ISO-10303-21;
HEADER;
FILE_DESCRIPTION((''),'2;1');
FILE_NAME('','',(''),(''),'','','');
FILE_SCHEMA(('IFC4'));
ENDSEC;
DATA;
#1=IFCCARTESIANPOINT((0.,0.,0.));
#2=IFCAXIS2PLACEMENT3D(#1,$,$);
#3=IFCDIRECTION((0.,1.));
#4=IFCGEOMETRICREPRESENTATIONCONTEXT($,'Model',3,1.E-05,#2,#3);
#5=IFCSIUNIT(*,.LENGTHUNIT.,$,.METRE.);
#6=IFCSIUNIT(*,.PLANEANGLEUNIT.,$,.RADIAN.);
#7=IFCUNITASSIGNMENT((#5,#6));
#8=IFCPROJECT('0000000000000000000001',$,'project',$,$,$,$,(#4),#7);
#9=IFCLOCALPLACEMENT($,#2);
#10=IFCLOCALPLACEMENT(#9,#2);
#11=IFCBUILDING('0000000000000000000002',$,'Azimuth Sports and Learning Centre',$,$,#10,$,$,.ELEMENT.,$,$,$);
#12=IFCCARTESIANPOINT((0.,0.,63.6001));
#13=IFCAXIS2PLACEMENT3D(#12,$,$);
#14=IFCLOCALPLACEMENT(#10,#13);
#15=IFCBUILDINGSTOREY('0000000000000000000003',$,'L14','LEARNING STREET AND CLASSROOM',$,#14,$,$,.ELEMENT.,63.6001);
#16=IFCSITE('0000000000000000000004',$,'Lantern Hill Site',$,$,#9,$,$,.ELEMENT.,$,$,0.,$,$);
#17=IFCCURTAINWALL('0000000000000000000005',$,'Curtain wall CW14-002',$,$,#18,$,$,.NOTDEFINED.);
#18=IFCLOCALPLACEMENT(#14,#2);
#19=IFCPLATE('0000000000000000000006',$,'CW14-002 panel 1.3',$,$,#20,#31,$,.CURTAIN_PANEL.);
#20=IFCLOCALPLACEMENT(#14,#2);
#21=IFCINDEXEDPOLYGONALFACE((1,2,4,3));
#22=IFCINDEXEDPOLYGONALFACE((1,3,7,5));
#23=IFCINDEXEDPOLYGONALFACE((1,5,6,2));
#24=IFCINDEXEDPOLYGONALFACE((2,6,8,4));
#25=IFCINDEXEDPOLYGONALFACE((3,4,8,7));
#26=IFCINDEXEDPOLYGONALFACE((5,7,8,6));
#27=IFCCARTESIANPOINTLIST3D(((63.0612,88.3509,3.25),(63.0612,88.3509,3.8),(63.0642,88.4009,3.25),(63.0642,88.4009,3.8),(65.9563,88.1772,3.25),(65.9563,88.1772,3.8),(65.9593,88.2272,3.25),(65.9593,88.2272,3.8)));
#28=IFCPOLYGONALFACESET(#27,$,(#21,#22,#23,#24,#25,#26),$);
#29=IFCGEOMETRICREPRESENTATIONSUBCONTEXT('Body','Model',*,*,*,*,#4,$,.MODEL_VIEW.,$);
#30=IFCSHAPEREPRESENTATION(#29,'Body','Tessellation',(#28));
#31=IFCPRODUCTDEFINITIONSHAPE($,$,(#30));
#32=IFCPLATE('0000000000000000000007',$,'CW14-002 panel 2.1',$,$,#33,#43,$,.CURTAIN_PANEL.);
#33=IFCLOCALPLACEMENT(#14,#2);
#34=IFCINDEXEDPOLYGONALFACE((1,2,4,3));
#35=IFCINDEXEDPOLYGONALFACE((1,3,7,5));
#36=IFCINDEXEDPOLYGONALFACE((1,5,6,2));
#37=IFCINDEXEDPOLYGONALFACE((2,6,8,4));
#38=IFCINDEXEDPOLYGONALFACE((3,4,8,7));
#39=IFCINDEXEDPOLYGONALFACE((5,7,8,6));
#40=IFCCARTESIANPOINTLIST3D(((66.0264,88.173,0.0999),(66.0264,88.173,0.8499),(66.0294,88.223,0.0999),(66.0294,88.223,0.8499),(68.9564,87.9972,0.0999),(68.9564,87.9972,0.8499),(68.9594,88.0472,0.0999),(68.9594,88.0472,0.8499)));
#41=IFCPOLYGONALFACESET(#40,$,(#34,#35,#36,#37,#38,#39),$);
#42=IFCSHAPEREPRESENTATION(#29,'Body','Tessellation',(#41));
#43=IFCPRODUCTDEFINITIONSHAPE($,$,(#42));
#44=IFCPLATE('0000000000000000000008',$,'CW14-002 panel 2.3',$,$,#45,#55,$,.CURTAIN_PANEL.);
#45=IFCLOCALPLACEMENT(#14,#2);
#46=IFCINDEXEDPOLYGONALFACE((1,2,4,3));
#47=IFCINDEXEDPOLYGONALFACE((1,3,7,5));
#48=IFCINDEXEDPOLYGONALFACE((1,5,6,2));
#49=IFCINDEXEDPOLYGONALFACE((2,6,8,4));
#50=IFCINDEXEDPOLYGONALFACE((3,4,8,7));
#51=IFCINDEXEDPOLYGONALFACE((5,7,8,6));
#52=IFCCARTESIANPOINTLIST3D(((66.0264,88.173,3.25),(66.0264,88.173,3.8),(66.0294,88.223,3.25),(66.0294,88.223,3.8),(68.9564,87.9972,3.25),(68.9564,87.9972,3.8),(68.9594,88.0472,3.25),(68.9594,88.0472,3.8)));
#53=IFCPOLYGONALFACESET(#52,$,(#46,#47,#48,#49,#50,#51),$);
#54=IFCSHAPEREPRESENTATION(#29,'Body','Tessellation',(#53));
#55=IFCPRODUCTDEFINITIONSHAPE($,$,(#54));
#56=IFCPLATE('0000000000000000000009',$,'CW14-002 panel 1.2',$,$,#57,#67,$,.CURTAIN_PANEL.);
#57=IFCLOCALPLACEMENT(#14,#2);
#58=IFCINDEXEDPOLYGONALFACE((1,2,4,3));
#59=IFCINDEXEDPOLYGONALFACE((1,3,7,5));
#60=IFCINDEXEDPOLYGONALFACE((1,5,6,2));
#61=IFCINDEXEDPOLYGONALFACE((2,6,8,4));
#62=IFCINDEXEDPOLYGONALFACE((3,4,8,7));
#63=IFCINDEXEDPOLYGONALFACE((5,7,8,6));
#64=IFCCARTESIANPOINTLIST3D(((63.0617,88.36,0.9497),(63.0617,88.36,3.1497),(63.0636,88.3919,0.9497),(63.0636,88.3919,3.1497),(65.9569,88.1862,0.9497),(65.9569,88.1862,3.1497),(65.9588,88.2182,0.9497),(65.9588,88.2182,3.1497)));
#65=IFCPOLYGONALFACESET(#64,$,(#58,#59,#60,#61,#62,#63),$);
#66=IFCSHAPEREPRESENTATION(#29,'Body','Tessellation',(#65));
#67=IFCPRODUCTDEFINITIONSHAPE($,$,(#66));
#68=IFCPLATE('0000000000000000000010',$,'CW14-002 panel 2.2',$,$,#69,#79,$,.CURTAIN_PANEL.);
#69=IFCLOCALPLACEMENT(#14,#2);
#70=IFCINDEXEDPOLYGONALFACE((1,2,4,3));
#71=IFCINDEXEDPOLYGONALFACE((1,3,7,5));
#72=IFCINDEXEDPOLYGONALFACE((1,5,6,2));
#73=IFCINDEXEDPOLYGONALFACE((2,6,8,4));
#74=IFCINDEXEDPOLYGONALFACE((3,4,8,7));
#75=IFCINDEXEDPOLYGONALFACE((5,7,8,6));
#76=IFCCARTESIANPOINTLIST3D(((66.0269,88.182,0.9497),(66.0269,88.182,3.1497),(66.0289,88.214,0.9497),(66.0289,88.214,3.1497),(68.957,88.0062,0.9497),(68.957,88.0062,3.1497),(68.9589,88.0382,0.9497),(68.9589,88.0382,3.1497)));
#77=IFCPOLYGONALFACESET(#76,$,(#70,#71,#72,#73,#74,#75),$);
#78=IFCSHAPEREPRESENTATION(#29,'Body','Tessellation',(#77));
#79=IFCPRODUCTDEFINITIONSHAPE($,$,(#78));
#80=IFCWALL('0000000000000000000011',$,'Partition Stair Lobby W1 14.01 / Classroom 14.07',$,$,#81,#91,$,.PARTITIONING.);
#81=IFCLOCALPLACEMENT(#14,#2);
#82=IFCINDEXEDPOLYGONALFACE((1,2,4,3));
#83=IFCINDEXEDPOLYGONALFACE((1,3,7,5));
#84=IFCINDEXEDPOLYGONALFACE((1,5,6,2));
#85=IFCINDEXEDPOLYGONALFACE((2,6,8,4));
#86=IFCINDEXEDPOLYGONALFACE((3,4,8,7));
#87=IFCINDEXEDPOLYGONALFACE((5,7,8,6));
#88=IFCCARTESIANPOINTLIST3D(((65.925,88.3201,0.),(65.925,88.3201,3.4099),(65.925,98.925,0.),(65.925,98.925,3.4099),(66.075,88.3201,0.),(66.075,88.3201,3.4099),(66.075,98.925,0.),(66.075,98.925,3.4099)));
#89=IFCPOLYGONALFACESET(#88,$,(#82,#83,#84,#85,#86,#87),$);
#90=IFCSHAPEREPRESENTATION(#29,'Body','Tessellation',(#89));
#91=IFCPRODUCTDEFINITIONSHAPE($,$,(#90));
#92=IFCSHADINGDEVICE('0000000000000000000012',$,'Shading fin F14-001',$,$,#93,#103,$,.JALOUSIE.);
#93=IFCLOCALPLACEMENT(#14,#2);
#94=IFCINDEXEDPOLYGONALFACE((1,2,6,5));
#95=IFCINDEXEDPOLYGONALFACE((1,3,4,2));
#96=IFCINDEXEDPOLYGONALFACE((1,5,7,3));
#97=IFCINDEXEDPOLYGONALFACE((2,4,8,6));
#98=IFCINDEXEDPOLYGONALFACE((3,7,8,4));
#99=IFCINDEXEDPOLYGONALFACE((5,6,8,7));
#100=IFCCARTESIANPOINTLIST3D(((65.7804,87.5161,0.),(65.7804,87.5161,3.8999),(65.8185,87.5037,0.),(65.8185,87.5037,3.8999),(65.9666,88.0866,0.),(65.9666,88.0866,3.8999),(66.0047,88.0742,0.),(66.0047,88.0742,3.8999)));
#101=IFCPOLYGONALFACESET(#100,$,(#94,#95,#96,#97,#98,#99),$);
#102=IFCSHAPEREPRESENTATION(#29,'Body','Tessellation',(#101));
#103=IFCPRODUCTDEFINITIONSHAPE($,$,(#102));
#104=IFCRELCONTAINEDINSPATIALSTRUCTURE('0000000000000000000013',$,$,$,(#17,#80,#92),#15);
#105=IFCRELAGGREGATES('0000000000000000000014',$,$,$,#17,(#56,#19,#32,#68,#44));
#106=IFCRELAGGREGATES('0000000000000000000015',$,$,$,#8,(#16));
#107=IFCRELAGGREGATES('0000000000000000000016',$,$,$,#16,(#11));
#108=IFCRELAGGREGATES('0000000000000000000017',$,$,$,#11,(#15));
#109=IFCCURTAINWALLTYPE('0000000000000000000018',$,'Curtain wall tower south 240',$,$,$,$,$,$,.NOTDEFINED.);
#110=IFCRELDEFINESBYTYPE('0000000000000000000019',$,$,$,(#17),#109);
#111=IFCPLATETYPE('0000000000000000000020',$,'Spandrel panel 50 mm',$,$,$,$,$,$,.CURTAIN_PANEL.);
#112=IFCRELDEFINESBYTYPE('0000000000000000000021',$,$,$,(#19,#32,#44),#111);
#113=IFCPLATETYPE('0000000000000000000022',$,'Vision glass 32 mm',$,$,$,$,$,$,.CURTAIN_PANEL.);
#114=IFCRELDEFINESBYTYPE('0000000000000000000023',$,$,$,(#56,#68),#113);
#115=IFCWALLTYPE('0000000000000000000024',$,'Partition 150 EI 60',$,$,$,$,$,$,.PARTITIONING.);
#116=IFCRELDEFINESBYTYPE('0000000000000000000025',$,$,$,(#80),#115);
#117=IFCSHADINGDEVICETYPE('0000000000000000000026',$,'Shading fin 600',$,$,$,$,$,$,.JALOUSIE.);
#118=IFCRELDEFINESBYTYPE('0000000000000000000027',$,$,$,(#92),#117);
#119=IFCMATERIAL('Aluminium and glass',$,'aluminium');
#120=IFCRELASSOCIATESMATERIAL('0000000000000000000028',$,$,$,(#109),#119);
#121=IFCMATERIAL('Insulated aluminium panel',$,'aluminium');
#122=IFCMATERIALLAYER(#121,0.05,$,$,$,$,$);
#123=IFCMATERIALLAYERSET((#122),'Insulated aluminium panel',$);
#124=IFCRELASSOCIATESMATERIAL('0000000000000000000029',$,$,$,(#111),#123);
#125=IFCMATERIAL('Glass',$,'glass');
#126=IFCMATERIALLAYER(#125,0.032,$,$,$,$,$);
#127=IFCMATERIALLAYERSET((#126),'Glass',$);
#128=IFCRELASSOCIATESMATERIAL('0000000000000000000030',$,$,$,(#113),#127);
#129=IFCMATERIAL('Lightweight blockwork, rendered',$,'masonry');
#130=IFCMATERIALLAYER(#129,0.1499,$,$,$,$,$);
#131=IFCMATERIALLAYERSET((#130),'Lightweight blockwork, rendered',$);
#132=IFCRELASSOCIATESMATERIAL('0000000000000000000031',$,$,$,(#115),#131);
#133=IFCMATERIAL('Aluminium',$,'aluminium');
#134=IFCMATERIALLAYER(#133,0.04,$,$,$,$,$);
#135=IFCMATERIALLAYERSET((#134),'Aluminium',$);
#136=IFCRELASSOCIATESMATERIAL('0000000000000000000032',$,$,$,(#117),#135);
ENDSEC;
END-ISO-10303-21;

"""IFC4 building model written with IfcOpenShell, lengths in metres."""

from ifc_helpers import new_model, si_unit, direction, frame, frame_2d, origin, origin_2d, place, context, subcontext, project, spatial, rectangle, extrude, material, layer, layer_set, type_object, element, aggregate, save


model = new_model("IFC4")

# Units and contexts
model_context = context("Model", 3, precision=1e-05, world=origin(), true_north=direction((0.0, 1.0)))
body_context = subcontext(model_context, "Body", "Model", "MODEL_VIEW")
ifc_project = project(units=[si_unit("LENGTHUNIT", "METRE"), si_unit("PLANEANGLEUNIT", "RADIAN")], contexts=[model_context])

# Site, building, storey
site_placement = place(None, origin())
site = spatial("IfcSite", under=ifc_project, at=site_placement, Name="Lantern Hill Site", CompositionType="ELEMENT", RefElevation=0.0)
building_placement = place(site_placement, origin())
building = spatial("IfcBuilding", under=site, at=building_placement, Name="Azimuth Sports and Learning Centre", CompositionType="ELEMENT")
storey_placement = place(building_placement, frame((0.0, 0.0, 63.6001)))
storey = spatial("IfcBuildingStorey", under=building, at=storey_placement, Name="L14", Description="LEARNING STREET AND CLASSROOM", CompositionType="ELEMENT", Elevation=63.6001)

# Curtain wall, plates
ifc_material_1 = material(Name="Aluminium and glass", Category="aluminium")
curtain_wall_type = type_object("IfcCurtainWallType", Name="Curtain wall tower south 240", PredefinedType="NOTDEFINED", material=ifc_material_1)
curtain_wall_placement = place(storey_placement, origin())
curtain_wall = element("IfcCurtainWall", 1, at=curtain_wall_placement, inside=storey, type_object=curtain_wall_type, Name="Curtain wall CW14-002", PredefinedType="NOTDEFINED")
ifc_material_2 = material(Name="Insulated aluminium panel", Category="aluminium")
ifc_layer_1 = layer(ifc_material_2, 0.05)
ifc_layer_set_1 = layer_set([ifc_layer_1], Name="Insulated aluminium panel")
plate_type_1 = type_object("IfcPlateType", Name="Spandrel panel 50 mm", PredefinedType="CURTAIN_PANEL", material=ifc_layer_set_1)
plate_1_placement = place(storey_placement, frame((64.5103, 88.2891, 3.25), z_axis=(0.0, 0.0, 1.0), x_axis=(0.998205, -0.059892, 0.0)))
plate_1 = element("IfcPlate", 2, at=plate_1_placement, type_object=plate_type_1, Name="CW14-002 panel 1.3", PredefinedType="CURTAIN_PANEL", context=body_context, shape_type="SweptSolid", body=[
    extrude(rectangle(XDim=2.9004, YDim=0.05, at=origin_2d()), origin(), (0.0, 0.0, 1.0), 0.55),
])
plate_2_placement = place(storey_placement, frame((67.4929, 88.1101, 0.0999), z_axis=(0.0, 0.0, 1.0), x_axis=(0.998205, -0.059892, 0.0)))
plate_2 = element("IfcPlate", 3, at=plate_2_placement, type_object=plate_type_1, Name="CW14-002 panel 2.1", PredefinedType="CURTAIN_PANEL", context=body_context, shape_type="SweptSolid", body=[
    extrude(rectangle(XDim=2.9353, YDim=0.05, at=origin_2d()), origin(), (0.0, 0.0, 1.0), 0.75),
])
plate_3_placement = place(storey_placement, frame((67.4929, 88.1101, 3.25), z_axis=(0.0, 0.0, 1.0), x_axis=(0.998205, -0.059892, 0.0)))
plate_3 = element("IfcPlate", 4, at=plate_3_placement, type_object=plate_type_1, Name="CW14-002 panel 2.3", PredefinedType="CURTAIN_PANEL", context=body_context, shape_type="SweptSolid", body=[
    extrude(rectangle(XDim=2.9353, YDim=0.05, at=origin_2d()), origin(), (0.0, 0.0, 1.0), 0.55),
])
ifc_material_3 = material(Name="Glass", Category="glass")
ifc_layer_2 = layer(ifc_material_3, 0.032)
ifc_layer_set_2 = layer_set([ifc_layer_2], Name="Glass")
plate_type_2 = type_object("IfcPlateType", Name="Vision glass 32 mm", PredefinedType="CURTAIN_PANEL", material=ifc_layer_set_2)
plate_4_placement = place(storey_placement, frame((64.5103, 88.2891, 0.9497), z_axis=(0.0, 0.0, 1.0), x_axis=(0.998205, -0.059892, 0.0)))
plate_4 = element("IfcPlate", 5, at=plate_4_placement, type_object=plate_type_2, Name="CW14-002 panel 1.2", PredefinedType="CURTAIN_PANEL", context=body_context, shape_type="SweptSolid", body=[
    extrude(rectangle(XDim=2.9004, YDim=0.032, at=origin_2d()), origin(), (0.0, 0.0, 1.0), 2.2),
])
plate_5_placement = place(storey_placement, frame((67.4929, 88.1101, 0.9497), z_axis=(0.0, 0.0, 1.0), x_axis=(0.998205, -0.059892, 0.0)))
plate_5 = element("IfcPlate", 6, at=plate_5_placement, type_object=plate_type_2, Name="CW14-002 panel 2.2", PredefinedType="CURTAIN_PANEL", context=body_context, shape_type="SweptSolid", body=[
    extrude(rectangle(XDim=2.9353, YDim=0.032, at=origin_2d()), origin(), (0.0, 0.0, 1.0), 2.2),
])
aggregate(curtain_wall, [plate_4, plate_1, plate_2, plate_5, plate_3])

# Wall
ifc_material_4 = material(Name="Lightweight blockwork, rendered", Category="masonry")
ifc_layer_3 = layer(ifc_material_4, 0.1499)
ifc_layer_set_3 = layer_set([ifc_layer_3], Name="Lightweight blockwork, rendered")
wall_type = type_object("IfcWallType", Name="Partition 150 EI 60", PredefinedType="PARTITIONING", material=ifc_layer_set_3)
wall_placement = place(storey_placement, frame((66.0, 88.3201, 0.0), z_axis=(0.0, 0.0, 1.0), x_axis=(0.0, 1.0, 0.0)))
element("IfcWall", 7, at=wall_placement, inside=storey, type_object=wall_type, Name="Partition Stair Lobby W1 14.01 / Classroom 14.07", PredefinedType="PARTITIONING", context=body_context, shape_type="SweptSolid", body=[
    extrude(rectangle(XDim=10.605, YDim=0.1499, at=frame_2d((5.3025, 0.0))), origin(), (0.0, 0.0, 1.0), 3.4099),
])

# Shading device
ifc_material_5 = material(Name="Aluminium", Category="aluminium")
ifc_layer_4 = layer(ifc_material_5, 0.04)
ifc_layer_set_4 = layer_set([ifc_layer_4], Name="Aluminium")
shading_device_type = type_object("IfcShadingDeviceType", Name="Shading fin 600", PredefinedType="JALOUSIE", material=ifc_layer_set_4)
shading_device_placement = place(storey_placement, frame((65.8926, 87.7952, 0.0), z_axis=(0.0, 0.0, 1.0), x_axis=(-0.31028, -0.950645, 0.0)))
element("IfcShadingDevice", 8, at=shading_device_placement, inside=storey, type_object=shading_device_type, Name="Shading fin F14-001", PredefinedType="JALOUSIE", context=body_context, shape_type="SweptSolid", body=[
    extrude(rectangle(XDim=0.6001, YDim=0.04, at=origin_2d()), origin(), (0.0, 0.0, 1.0), 3.8999),
])

save(model, "model.ifc")
